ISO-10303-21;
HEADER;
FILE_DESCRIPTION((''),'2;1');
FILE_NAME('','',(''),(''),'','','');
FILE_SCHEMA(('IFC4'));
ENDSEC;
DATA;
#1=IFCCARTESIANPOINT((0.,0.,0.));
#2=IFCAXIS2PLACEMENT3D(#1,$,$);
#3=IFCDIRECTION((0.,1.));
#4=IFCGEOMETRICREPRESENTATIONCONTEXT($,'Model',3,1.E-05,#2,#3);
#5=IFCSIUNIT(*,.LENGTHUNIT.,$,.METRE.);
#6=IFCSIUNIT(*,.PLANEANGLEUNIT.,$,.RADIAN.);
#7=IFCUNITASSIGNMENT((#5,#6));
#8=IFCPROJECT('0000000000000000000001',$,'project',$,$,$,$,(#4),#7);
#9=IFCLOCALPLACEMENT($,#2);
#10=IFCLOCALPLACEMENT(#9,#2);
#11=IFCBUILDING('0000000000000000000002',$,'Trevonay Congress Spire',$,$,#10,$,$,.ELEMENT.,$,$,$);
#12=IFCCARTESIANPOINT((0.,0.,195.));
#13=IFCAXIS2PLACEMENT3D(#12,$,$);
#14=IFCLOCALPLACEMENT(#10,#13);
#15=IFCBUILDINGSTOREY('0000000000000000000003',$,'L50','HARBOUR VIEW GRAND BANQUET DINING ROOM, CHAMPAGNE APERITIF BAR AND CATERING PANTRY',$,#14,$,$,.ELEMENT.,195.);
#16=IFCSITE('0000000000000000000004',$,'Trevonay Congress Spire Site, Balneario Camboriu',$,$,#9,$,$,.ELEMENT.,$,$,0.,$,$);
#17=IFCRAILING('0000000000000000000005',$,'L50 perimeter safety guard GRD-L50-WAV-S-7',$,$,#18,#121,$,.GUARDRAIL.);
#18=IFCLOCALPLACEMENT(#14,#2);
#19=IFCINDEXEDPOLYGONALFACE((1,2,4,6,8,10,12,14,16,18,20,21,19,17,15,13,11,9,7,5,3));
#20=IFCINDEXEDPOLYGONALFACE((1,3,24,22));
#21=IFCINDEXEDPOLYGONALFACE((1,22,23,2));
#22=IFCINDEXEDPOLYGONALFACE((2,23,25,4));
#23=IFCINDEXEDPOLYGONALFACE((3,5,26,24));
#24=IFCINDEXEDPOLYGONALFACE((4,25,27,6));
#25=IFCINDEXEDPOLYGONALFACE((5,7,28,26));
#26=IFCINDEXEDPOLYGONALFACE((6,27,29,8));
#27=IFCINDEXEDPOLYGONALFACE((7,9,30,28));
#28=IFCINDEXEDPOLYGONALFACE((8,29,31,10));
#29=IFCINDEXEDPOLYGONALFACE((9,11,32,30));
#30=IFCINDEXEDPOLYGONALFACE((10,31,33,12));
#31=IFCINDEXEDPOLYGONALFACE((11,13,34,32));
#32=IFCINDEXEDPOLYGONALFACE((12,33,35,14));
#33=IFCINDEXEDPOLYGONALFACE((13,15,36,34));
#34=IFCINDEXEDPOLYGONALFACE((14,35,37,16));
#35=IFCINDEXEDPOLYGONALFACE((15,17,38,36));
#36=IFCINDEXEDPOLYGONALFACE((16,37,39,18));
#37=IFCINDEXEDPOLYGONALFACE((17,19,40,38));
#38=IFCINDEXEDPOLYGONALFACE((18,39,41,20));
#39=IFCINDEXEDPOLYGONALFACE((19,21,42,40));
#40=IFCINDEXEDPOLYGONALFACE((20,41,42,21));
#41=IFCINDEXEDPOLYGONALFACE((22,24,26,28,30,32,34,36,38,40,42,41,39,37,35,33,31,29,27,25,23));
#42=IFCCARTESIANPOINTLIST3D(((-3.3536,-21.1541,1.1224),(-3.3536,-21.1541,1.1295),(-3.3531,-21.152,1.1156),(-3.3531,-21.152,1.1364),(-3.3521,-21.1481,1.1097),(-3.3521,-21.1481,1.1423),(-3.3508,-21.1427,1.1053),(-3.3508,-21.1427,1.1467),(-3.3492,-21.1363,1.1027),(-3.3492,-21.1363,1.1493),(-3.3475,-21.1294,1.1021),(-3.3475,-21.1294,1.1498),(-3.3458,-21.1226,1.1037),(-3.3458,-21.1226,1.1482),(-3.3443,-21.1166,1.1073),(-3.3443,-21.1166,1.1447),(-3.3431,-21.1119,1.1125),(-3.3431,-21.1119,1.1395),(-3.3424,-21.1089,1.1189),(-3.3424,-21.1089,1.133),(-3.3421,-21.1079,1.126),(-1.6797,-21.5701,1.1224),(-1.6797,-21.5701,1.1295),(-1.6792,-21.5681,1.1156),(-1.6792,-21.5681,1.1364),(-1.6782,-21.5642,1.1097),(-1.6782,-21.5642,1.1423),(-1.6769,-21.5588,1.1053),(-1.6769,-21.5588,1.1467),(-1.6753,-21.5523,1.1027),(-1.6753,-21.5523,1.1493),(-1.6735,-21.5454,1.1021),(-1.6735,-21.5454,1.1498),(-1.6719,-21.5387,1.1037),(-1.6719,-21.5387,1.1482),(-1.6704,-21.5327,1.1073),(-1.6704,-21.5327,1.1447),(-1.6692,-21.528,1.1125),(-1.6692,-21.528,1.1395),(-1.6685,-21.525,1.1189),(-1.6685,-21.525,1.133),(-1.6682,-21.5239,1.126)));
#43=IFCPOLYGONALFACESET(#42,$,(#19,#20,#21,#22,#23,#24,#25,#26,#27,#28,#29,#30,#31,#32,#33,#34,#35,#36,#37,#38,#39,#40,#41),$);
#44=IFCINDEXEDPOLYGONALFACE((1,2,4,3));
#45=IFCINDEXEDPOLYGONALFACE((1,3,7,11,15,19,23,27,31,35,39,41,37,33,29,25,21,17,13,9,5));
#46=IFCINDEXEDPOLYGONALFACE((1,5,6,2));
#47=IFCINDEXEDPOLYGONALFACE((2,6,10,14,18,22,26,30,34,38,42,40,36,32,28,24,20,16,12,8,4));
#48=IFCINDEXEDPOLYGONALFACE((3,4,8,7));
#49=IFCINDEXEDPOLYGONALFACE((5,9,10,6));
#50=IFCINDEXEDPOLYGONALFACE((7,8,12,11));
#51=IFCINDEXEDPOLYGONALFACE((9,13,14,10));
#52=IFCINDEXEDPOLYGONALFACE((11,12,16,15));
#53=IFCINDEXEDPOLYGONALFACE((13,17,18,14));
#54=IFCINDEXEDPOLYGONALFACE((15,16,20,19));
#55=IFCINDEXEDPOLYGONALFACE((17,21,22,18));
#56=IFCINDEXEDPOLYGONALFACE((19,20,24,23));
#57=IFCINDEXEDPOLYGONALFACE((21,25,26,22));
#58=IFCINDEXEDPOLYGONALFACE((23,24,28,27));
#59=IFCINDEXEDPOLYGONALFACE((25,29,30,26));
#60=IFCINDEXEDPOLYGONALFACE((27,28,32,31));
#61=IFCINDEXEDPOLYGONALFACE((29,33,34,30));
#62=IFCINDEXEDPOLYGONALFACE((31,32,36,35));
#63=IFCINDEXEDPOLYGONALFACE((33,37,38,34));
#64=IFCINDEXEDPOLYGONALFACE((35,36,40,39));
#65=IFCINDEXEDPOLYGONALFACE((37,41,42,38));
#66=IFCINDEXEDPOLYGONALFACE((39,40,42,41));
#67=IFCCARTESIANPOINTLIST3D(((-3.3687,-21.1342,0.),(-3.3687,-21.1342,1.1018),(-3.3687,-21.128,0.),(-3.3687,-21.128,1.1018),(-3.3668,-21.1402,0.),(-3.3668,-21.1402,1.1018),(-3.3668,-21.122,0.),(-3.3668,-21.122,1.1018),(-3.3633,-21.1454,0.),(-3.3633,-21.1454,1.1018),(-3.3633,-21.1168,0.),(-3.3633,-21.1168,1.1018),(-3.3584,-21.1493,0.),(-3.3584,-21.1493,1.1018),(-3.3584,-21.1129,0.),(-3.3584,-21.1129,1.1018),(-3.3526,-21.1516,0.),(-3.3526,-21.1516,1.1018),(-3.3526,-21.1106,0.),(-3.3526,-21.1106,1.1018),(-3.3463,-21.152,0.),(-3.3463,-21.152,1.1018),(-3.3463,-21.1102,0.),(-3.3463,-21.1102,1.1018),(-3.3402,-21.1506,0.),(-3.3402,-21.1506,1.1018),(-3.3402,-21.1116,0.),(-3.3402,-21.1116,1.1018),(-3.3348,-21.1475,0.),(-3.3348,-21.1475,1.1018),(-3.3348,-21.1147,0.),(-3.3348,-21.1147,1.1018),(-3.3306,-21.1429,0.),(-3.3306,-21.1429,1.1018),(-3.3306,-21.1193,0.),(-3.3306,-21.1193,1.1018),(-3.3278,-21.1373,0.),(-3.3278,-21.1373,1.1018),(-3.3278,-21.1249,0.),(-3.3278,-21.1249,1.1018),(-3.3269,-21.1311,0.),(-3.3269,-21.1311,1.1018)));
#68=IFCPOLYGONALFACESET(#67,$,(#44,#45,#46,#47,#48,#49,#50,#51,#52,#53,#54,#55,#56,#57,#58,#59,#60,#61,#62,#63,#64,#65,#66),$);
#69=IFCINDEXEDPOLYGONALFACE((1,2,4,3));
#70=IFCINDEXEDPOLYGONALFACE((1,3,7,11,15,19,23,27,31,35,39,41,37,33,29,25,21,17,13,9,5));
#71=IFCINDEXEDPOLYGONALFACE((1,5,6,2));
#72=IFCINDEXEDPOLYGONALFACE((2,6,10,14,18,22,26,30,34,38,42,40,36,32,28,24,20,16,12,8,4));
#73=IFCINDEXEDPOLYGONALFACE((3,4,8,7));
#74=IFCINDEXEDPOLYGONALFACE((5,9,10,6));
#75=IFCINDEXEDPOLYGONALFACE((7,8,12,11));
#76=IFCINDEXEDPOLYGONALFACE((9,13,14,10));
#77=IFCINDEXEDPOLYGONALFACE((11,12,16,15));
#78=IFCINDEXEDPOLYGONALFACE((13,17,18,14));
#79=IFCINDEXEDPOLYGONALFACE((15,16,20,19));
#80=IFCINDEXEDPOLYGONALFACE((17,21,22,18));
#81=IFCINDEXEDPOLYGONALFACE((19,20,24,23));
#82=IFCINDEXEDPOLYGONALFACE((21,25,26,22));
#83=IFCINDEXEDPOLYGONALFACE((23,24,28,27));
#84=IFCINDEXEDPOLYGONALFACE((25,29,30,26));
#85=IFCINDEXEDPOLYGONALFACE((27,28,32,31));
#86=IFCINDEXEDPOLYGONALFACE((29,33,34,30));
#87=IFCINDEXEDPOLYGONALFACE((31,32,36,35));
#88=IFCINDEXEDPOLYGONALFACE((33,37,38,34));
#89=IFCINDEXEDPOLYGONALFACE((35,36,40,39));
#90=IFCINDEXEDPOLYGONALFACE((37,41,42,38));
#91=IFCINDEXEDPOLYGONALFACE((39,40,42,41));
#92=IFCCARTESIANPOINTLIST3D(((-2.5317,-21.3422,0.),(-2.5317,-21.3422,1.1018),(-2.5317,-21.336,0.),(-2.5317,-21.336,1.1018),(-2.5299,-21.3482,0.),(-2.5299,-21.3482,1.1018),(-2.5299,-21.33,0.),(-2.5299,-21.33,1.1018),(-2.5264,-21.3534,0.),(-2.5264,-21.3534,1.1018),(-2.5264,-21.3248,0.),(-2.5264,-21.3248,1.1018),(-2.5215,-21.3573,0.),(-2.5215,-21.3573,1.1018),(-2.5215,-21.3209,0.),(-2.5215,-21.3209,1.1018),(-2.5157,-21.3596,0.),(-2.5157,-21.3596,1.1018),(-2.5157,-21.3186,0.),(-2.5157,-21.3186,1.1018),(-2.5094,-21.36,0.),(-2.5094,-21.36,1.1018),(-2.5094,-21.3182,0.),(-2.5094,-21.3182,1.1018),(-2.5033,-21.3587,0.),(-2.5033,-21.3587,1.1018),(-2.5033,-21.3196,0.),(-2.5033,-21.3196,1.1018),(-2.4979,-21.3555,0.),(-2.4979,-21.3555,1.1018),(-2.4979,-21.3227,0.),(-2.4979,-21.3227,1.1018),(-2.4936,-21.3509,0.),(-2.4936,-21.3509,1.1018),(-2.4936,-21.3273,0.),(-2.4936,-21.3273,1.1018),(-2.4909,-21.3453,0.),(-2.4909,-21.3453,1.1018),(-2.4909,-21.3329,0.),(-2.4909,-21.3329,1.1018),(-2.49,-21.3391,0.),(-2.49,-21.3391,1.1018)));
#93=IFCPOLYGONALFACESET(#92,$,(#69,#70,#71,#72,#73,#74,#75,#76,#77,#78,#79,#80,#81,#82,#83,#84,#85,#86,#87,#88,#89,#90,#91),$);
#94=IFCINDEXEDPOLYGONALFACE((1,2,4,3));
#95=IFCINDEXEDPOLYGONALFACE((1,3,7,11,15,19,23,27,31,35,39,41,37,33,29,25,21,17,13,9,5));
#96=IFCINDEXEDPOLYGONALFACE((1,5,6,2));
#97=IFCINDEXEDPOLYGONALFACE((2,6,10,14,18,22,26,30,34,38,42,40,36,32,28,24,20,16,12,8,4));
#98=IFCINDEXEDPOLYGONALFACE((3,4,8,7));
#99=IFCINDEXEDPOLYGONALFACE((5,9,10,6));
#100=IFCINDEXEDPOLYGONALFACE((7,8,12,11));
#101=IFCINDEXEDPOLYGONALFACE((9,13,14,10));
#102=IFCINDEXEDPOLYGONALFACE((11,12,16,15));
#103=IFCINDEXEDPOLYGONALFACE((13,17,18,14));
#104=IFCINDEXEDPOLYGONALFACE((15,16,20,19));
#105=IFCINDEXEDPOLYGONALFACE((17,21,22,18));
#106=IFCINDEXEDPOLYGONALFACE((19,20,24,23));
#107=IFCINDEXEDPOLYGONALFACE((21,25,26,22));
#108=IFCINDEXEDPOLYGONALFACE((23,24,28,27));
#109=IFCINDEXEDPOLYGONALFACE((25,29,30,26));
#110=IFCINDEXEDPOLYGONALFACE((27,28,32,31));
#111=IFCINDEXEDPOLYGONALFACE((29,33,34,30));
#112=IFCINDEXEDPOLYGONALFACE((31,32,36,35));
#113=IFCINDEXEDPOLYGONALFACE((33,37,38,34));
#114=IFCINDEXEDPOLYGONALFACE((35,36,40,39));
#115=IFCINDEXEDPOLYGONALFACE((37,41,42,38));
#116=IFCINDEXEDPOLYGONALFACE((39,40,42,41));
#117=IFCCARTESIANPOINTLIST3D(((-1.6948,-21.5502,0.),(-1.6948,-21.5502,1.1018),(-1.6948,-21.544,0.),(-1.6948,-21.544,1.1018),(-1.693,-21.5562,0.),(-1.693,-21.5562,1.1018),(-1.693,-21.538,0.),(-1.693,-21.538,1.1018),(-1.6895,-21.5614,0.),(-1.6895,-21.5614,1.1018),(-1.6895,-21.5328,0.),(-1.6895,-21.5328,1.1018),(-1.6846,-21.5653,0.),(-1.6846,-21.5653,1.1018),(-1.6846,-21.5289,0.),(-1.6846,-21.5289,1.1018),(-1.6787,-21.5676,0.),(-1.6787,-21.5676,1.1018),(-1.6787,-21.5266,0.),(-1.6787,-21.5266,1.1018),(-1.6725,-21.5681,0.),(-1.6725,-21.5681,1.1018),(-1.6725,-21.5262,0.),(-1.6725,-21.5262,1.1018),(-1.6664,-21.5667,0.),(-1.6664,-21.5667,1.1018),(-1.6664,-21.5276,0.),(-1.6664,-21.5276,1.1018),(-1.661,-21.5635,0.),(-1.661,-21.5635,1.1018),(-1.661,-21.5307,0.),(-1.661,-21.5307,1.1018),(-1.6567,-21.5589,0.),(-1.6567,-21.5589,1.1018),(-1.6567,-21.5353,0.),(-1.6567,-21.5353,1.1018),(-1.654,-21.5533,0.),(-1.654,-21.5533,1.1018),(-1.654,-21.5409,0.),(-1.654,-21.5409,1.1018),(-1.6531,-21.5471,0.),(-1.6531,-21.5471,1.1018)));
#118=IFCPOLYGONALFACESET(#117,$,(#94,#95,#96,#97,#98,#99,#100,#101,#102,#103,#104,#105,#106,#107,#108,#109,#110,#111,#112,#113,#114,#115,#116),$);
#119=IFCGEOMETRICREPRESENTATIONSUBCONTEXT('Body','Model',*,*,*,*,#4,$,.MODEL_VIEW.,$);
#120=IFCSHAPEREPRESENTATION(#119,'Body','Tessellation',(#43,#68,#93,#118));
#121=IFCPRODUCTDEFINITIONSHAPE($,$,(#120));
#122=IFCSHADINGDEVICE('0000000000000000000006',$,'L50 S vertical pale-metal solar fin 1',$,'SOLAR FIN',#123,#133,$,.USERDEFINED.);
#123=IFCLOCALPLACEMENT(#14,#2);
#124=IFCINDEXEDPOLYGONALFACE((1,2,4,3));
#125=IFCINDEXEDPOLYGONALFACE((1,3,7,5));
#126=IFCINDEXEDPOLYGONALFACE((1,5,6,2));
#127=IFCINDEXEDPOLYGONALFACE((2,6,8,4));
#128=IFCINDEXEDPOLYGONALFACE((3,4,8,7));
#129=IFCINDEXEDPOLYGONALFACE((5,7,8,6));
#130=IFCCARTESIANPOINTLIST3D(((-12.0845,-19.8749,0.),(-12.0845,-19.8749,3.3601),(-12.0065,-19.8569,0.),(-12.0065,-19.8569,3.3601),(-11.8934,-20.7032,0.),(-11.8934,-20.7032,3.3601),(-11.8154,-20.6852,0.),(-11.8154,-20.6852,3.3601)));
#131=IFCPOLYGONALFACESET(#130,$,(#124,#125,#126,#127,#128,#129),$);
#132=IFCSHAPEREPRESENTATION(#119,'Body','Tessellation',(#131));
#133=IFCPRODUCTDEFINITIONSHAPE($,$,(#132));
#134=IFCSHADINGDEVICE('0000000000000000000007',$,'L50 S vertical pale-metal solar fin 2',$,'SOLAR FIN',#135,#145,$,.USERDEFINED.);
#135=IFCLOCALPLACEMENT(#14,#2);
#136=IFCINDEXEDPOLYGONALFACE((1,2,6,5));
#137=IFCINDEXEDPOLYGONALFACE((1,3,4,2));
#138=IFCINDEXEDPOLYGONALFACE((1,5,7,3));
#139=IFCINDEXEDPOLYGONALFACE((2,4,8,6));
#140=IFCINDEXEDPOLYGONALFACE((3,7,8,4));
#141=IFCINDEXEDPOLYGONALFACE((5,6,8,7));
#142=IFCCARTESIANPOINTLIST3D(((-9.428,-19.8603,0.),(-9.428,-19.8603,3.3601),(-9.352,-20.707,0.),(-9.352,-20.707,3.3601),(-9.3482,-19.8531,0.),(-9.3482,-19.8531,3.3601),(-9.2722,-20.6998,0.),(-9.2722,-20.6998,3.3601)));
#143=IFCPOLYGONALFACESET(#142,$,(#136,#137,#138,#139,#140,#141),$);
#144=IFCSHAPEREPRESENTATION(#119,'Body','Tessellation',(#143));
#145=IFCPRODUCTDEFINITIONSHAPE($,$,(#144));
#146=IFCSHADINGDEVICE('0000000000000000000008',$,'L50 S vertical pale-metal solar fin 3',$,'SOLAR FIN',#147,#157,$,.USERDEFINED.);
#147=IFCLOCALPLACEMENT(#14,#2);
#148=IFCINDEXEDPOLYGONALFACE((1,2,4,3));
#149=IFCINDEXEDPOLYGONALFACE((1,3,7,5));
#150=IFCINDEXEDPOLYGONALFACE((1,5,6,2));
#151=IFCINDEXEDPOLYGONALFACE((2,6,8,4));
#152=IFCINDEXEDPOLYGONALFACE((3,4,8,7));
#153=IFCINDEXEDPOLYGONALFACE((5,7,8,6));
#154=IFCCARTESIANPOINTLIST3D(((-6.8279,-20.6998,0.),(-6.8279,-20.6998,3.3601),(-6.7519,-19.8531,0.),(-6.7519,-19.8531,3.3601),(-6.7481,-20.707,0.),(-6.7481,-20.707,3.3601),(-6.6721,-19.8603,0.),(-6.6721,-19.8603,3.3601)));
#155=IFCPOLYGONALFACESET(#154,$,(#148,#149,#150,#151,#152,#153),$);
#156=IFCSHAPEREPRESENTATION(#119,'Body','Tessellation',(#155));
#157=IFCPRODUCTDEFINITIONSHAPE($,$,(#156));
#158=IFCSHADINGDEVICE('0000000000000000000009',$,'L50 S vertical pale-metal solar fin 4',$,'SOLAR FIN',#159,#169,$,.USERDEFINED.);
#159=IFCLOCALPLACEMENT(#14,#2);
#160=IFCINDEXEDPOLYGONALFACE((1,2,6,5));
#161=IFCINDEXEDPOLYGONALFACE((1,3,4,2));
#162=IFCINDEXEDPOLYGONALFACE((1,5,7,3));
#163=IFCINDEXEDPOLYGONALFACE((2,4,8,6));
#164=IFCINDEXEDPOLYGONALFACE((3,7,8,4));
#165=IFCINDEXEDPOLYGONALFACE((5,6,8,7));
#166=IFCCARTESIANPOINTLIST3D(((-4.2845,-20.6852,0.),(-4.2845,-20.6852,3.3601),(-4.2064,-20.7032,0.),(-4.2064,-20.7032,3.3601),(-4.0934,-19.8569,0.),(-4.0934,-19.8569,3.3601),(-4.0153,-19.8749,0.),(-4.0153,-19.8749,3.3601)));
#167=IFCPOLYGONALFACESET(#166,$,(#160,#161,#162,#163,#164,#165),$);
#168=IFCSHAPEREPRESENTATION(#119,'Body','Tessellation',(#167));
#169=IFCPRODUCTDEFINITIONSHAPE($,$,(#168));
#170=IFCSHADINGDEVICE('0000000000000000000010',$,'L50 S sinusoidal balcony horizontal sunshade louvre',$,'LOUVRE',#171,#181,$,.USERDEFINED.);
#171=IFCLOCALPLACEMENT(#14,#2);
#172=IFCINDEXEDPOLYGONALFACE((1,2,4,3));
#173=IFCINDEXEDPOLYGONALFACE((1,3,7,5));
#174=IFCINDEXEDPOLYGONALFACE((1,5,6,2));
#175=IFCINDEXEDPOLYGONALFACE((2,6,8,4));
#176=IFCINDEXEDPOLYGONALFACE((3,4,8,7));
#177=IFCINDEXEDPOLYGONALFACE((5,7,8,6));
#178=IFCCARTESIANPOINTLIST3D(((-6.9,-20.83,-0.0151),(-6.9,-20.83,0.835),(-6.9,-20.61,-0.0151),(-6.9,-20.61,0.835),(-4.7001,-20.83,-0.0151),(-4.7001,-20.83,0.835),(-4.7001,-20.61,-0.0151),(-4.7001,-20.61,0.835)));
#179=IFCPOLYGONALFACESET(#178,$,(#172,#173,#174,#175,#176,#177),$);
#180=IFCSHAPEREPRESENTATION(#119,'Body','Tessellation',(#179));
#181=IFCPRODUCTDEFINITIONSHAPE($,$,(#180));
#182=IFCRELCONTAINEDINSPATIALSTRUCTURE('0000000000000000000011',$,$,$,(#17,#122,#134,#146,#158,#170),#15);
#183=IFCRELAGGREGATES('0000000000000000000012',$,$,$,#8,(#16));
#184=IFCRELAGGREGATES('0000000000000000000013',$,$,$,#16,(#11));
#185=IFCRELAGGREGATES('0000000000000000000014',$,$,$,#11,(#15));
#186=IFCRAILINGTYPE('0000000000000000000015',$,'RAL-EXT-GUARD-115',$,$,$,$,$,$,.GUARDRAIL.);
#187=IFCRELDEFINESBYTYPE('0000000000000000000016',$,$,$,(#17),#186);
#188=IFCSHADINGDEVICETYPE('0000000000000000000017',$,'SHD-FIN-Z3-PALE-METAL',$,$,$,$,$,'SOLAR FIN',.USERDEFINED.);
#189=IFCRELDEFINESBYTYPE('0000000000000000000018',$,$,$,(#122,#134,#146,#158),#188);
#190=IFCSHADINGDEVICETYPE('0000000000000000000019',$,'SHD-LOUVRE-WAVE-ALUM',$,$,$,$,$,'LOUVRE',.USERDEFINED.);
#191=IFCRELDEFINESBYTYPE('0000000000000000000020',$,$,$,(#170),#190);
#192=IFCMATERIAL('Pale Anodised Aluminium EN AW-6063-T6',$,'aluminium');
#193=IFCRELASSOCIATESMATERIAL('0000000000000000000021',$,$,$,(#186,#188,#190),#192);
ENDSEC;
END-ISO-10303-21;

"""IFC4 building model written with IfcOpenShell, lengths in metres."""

from ifc_helpers import new_model, si_unit, direction, frame, origin, origin_2d, place, context, subcontext, project, spatial, rectangle, circle, extrude, material, type_object, element, save


model = new_model("IFC4")

# Units and contexts
model_context = context("Model", 3, precision=1e-05, world=origin(), true_north=direction((0.0, 1.0)))
body_context = subcontext(model_context, "Body", "Model", "MODEL_VIEW")
ifc_project = project(units=[si_unit("LENGTHUNIT", "METRE"), si_unit("PLANEANGLEUNIT", "RADIAN")], contexts=[model_context])

# Site, building, storey
site_placement = place(None, origin())
site = spatial("IfcSite", under=ifc_project, at=site_placement, Name="Trevonay Congress Spire Site, Balneario Camboriu", CompositionType="ELEMENT", RefElevation=0.0)
building_placement = place(site_placement, origin())
building = spatial("IfcBuilding", under=site, at=building_placement, Name="Trevonay Congress Spire", CompositionType="ELEMENT")
storey_placement = place(building_placement, frame((0.0, 0.0, 195.0)))
storey = spatial("IfcBuildingStorey", under=building, at=storey_placement, Name="L50", Description="HARBOUR VIEW GRAND BANQUET DINING ROOM, CHAMPAGNE APERITIF BAR AND CATERING PANTRY", CompositionType="ELEMENT", Elevation=195.0)

# Shared definitions
ifc_material_1 = material(Name="Pale Anodised Aluminium EN AW-6063-T6", Category="aluminium")

# Railing
railing_type = type_object("IfcRailingType", Name="RAL-EXT-GUARD-115", PredefinedType="GUARDRAIL", material=ifc_material_1)
railing_1_placement = place(storey_placement, frame((-3.3479, -21.1311, 0.0)))
element("IfcRailing", 1, at=railing_1_placement, inside=storey, type_object=railing_type, Name="L50 perimeter safety guard GRD-L50-WAV-S-7", PredefinedType="GUARDRAIL", context=body_context, shape_type="SweptSolid", body=[
    extrude(circle(Radius=0.0239, at=origin_2d()), frame((0.0, 0.0, 1.126), z_axis=(0.970475, -0.241203, 0.0), x_axis=(0.241203, 0.970475, 0.0)), (0.0, 0.0, 1.0), 1.7249),
    extrude(circle(Radius=0.021, at=origin_2d()), origin(), (0.0, 0.0, 1.0), 1.1018),
    extrude(circle(Radius=0.021, at=origin_2d()), frame((0.8369, -0.208, 0.0)), (0.0, 0.0, 1.0), 1.1018),
    extrude(circle(Radius=0.021, at=origin_2d()), frame((1.6738, -0.416, 0.0)), (0.0, 0.0, 1.0), 1.1018),
])

# Shading devices
shading_device_type_1 = type_object("IfcShadingDeviceType", Name="SHD-FIN-Z3-PALE-METAL", ElementType="SOLAR FIN", PredefinedType="USERDEFINED", material=ifc_material_1)
for number, where, z_axis, x_axis, name in (
    (2, (-11.95, -20.28, 0.0), (0.0, 0.0, 1.0), (0.974409, 0.224781, 0.0), "L50 S vertical pale-metal solar fin 1"),
    (3, (-9.3501, -20.28, 0.0), (0.0, 0.0, 1.0), (0.995994, 0.089416, 0.0), "L50 S vertical pale-metal solar fin 2"),
    (4, (-6.75, -20.28, 0.0), (0.0, 0.0, 1.0), (0.995994, -0.089416, 0.0), "L50 S vertical pale-metal solar fin 3"),
    (5, (-4.1499, -20.28, 0.0), (0.0, 0.0, 1.0), (0.974409, -0.224781, 0.0), "L50 S vertical pale-metal solar fin 4"),
):
    element("IfcShadingDevice", number, at=place(storey_placement, frame(where, z_axis=z_axis, x_axis=x_axis)), inside=storey, type_object=shading_device_type_1, Name=name, ObjectType="SOLAR FIN", PredefinedType="USERDEFINED", context=body_context, shape_type="SweptSolid", body=[
        extrude(rectangle(XDim=0.0801, YDim=0.8501, at=origin_2d()), origin(), (0.0, 0.0, 1.0), 3.3601),
    ])
shading_device_type_2 = type_object("IfcShadingDeviceType", Name="SHD-LOUVRE-WAVE-ALUM", ElementType="LOUVRE", PredefinedType="USERDEFINED", material=ifc_material_1)
shading_device_placement = place(storey_placement, frame((-5.8, -20.72, -0.0151), z_axis=(0.0, 0.0, 1.0), x_axis=(1.0, 0.0, 0.0)))
element("IfcShadingDevice", 6, at=shading_device_placement, inside=storey, type_object=shading_device_type_2, Name="L50 S sinusoidal balcony horizontal sunshade louvre", ObjectType="LOUVRE", PredefinedType="USERDEFINED", context=body_context, shape_type="SweptSolid", body=[
    extrude(rectangle(XDim=2.2, YDim=0.22, at=origin_2d()), origin(), (0.0, 0.0, 1.0), 0.8501),
])

save(model, "model.ifc")
